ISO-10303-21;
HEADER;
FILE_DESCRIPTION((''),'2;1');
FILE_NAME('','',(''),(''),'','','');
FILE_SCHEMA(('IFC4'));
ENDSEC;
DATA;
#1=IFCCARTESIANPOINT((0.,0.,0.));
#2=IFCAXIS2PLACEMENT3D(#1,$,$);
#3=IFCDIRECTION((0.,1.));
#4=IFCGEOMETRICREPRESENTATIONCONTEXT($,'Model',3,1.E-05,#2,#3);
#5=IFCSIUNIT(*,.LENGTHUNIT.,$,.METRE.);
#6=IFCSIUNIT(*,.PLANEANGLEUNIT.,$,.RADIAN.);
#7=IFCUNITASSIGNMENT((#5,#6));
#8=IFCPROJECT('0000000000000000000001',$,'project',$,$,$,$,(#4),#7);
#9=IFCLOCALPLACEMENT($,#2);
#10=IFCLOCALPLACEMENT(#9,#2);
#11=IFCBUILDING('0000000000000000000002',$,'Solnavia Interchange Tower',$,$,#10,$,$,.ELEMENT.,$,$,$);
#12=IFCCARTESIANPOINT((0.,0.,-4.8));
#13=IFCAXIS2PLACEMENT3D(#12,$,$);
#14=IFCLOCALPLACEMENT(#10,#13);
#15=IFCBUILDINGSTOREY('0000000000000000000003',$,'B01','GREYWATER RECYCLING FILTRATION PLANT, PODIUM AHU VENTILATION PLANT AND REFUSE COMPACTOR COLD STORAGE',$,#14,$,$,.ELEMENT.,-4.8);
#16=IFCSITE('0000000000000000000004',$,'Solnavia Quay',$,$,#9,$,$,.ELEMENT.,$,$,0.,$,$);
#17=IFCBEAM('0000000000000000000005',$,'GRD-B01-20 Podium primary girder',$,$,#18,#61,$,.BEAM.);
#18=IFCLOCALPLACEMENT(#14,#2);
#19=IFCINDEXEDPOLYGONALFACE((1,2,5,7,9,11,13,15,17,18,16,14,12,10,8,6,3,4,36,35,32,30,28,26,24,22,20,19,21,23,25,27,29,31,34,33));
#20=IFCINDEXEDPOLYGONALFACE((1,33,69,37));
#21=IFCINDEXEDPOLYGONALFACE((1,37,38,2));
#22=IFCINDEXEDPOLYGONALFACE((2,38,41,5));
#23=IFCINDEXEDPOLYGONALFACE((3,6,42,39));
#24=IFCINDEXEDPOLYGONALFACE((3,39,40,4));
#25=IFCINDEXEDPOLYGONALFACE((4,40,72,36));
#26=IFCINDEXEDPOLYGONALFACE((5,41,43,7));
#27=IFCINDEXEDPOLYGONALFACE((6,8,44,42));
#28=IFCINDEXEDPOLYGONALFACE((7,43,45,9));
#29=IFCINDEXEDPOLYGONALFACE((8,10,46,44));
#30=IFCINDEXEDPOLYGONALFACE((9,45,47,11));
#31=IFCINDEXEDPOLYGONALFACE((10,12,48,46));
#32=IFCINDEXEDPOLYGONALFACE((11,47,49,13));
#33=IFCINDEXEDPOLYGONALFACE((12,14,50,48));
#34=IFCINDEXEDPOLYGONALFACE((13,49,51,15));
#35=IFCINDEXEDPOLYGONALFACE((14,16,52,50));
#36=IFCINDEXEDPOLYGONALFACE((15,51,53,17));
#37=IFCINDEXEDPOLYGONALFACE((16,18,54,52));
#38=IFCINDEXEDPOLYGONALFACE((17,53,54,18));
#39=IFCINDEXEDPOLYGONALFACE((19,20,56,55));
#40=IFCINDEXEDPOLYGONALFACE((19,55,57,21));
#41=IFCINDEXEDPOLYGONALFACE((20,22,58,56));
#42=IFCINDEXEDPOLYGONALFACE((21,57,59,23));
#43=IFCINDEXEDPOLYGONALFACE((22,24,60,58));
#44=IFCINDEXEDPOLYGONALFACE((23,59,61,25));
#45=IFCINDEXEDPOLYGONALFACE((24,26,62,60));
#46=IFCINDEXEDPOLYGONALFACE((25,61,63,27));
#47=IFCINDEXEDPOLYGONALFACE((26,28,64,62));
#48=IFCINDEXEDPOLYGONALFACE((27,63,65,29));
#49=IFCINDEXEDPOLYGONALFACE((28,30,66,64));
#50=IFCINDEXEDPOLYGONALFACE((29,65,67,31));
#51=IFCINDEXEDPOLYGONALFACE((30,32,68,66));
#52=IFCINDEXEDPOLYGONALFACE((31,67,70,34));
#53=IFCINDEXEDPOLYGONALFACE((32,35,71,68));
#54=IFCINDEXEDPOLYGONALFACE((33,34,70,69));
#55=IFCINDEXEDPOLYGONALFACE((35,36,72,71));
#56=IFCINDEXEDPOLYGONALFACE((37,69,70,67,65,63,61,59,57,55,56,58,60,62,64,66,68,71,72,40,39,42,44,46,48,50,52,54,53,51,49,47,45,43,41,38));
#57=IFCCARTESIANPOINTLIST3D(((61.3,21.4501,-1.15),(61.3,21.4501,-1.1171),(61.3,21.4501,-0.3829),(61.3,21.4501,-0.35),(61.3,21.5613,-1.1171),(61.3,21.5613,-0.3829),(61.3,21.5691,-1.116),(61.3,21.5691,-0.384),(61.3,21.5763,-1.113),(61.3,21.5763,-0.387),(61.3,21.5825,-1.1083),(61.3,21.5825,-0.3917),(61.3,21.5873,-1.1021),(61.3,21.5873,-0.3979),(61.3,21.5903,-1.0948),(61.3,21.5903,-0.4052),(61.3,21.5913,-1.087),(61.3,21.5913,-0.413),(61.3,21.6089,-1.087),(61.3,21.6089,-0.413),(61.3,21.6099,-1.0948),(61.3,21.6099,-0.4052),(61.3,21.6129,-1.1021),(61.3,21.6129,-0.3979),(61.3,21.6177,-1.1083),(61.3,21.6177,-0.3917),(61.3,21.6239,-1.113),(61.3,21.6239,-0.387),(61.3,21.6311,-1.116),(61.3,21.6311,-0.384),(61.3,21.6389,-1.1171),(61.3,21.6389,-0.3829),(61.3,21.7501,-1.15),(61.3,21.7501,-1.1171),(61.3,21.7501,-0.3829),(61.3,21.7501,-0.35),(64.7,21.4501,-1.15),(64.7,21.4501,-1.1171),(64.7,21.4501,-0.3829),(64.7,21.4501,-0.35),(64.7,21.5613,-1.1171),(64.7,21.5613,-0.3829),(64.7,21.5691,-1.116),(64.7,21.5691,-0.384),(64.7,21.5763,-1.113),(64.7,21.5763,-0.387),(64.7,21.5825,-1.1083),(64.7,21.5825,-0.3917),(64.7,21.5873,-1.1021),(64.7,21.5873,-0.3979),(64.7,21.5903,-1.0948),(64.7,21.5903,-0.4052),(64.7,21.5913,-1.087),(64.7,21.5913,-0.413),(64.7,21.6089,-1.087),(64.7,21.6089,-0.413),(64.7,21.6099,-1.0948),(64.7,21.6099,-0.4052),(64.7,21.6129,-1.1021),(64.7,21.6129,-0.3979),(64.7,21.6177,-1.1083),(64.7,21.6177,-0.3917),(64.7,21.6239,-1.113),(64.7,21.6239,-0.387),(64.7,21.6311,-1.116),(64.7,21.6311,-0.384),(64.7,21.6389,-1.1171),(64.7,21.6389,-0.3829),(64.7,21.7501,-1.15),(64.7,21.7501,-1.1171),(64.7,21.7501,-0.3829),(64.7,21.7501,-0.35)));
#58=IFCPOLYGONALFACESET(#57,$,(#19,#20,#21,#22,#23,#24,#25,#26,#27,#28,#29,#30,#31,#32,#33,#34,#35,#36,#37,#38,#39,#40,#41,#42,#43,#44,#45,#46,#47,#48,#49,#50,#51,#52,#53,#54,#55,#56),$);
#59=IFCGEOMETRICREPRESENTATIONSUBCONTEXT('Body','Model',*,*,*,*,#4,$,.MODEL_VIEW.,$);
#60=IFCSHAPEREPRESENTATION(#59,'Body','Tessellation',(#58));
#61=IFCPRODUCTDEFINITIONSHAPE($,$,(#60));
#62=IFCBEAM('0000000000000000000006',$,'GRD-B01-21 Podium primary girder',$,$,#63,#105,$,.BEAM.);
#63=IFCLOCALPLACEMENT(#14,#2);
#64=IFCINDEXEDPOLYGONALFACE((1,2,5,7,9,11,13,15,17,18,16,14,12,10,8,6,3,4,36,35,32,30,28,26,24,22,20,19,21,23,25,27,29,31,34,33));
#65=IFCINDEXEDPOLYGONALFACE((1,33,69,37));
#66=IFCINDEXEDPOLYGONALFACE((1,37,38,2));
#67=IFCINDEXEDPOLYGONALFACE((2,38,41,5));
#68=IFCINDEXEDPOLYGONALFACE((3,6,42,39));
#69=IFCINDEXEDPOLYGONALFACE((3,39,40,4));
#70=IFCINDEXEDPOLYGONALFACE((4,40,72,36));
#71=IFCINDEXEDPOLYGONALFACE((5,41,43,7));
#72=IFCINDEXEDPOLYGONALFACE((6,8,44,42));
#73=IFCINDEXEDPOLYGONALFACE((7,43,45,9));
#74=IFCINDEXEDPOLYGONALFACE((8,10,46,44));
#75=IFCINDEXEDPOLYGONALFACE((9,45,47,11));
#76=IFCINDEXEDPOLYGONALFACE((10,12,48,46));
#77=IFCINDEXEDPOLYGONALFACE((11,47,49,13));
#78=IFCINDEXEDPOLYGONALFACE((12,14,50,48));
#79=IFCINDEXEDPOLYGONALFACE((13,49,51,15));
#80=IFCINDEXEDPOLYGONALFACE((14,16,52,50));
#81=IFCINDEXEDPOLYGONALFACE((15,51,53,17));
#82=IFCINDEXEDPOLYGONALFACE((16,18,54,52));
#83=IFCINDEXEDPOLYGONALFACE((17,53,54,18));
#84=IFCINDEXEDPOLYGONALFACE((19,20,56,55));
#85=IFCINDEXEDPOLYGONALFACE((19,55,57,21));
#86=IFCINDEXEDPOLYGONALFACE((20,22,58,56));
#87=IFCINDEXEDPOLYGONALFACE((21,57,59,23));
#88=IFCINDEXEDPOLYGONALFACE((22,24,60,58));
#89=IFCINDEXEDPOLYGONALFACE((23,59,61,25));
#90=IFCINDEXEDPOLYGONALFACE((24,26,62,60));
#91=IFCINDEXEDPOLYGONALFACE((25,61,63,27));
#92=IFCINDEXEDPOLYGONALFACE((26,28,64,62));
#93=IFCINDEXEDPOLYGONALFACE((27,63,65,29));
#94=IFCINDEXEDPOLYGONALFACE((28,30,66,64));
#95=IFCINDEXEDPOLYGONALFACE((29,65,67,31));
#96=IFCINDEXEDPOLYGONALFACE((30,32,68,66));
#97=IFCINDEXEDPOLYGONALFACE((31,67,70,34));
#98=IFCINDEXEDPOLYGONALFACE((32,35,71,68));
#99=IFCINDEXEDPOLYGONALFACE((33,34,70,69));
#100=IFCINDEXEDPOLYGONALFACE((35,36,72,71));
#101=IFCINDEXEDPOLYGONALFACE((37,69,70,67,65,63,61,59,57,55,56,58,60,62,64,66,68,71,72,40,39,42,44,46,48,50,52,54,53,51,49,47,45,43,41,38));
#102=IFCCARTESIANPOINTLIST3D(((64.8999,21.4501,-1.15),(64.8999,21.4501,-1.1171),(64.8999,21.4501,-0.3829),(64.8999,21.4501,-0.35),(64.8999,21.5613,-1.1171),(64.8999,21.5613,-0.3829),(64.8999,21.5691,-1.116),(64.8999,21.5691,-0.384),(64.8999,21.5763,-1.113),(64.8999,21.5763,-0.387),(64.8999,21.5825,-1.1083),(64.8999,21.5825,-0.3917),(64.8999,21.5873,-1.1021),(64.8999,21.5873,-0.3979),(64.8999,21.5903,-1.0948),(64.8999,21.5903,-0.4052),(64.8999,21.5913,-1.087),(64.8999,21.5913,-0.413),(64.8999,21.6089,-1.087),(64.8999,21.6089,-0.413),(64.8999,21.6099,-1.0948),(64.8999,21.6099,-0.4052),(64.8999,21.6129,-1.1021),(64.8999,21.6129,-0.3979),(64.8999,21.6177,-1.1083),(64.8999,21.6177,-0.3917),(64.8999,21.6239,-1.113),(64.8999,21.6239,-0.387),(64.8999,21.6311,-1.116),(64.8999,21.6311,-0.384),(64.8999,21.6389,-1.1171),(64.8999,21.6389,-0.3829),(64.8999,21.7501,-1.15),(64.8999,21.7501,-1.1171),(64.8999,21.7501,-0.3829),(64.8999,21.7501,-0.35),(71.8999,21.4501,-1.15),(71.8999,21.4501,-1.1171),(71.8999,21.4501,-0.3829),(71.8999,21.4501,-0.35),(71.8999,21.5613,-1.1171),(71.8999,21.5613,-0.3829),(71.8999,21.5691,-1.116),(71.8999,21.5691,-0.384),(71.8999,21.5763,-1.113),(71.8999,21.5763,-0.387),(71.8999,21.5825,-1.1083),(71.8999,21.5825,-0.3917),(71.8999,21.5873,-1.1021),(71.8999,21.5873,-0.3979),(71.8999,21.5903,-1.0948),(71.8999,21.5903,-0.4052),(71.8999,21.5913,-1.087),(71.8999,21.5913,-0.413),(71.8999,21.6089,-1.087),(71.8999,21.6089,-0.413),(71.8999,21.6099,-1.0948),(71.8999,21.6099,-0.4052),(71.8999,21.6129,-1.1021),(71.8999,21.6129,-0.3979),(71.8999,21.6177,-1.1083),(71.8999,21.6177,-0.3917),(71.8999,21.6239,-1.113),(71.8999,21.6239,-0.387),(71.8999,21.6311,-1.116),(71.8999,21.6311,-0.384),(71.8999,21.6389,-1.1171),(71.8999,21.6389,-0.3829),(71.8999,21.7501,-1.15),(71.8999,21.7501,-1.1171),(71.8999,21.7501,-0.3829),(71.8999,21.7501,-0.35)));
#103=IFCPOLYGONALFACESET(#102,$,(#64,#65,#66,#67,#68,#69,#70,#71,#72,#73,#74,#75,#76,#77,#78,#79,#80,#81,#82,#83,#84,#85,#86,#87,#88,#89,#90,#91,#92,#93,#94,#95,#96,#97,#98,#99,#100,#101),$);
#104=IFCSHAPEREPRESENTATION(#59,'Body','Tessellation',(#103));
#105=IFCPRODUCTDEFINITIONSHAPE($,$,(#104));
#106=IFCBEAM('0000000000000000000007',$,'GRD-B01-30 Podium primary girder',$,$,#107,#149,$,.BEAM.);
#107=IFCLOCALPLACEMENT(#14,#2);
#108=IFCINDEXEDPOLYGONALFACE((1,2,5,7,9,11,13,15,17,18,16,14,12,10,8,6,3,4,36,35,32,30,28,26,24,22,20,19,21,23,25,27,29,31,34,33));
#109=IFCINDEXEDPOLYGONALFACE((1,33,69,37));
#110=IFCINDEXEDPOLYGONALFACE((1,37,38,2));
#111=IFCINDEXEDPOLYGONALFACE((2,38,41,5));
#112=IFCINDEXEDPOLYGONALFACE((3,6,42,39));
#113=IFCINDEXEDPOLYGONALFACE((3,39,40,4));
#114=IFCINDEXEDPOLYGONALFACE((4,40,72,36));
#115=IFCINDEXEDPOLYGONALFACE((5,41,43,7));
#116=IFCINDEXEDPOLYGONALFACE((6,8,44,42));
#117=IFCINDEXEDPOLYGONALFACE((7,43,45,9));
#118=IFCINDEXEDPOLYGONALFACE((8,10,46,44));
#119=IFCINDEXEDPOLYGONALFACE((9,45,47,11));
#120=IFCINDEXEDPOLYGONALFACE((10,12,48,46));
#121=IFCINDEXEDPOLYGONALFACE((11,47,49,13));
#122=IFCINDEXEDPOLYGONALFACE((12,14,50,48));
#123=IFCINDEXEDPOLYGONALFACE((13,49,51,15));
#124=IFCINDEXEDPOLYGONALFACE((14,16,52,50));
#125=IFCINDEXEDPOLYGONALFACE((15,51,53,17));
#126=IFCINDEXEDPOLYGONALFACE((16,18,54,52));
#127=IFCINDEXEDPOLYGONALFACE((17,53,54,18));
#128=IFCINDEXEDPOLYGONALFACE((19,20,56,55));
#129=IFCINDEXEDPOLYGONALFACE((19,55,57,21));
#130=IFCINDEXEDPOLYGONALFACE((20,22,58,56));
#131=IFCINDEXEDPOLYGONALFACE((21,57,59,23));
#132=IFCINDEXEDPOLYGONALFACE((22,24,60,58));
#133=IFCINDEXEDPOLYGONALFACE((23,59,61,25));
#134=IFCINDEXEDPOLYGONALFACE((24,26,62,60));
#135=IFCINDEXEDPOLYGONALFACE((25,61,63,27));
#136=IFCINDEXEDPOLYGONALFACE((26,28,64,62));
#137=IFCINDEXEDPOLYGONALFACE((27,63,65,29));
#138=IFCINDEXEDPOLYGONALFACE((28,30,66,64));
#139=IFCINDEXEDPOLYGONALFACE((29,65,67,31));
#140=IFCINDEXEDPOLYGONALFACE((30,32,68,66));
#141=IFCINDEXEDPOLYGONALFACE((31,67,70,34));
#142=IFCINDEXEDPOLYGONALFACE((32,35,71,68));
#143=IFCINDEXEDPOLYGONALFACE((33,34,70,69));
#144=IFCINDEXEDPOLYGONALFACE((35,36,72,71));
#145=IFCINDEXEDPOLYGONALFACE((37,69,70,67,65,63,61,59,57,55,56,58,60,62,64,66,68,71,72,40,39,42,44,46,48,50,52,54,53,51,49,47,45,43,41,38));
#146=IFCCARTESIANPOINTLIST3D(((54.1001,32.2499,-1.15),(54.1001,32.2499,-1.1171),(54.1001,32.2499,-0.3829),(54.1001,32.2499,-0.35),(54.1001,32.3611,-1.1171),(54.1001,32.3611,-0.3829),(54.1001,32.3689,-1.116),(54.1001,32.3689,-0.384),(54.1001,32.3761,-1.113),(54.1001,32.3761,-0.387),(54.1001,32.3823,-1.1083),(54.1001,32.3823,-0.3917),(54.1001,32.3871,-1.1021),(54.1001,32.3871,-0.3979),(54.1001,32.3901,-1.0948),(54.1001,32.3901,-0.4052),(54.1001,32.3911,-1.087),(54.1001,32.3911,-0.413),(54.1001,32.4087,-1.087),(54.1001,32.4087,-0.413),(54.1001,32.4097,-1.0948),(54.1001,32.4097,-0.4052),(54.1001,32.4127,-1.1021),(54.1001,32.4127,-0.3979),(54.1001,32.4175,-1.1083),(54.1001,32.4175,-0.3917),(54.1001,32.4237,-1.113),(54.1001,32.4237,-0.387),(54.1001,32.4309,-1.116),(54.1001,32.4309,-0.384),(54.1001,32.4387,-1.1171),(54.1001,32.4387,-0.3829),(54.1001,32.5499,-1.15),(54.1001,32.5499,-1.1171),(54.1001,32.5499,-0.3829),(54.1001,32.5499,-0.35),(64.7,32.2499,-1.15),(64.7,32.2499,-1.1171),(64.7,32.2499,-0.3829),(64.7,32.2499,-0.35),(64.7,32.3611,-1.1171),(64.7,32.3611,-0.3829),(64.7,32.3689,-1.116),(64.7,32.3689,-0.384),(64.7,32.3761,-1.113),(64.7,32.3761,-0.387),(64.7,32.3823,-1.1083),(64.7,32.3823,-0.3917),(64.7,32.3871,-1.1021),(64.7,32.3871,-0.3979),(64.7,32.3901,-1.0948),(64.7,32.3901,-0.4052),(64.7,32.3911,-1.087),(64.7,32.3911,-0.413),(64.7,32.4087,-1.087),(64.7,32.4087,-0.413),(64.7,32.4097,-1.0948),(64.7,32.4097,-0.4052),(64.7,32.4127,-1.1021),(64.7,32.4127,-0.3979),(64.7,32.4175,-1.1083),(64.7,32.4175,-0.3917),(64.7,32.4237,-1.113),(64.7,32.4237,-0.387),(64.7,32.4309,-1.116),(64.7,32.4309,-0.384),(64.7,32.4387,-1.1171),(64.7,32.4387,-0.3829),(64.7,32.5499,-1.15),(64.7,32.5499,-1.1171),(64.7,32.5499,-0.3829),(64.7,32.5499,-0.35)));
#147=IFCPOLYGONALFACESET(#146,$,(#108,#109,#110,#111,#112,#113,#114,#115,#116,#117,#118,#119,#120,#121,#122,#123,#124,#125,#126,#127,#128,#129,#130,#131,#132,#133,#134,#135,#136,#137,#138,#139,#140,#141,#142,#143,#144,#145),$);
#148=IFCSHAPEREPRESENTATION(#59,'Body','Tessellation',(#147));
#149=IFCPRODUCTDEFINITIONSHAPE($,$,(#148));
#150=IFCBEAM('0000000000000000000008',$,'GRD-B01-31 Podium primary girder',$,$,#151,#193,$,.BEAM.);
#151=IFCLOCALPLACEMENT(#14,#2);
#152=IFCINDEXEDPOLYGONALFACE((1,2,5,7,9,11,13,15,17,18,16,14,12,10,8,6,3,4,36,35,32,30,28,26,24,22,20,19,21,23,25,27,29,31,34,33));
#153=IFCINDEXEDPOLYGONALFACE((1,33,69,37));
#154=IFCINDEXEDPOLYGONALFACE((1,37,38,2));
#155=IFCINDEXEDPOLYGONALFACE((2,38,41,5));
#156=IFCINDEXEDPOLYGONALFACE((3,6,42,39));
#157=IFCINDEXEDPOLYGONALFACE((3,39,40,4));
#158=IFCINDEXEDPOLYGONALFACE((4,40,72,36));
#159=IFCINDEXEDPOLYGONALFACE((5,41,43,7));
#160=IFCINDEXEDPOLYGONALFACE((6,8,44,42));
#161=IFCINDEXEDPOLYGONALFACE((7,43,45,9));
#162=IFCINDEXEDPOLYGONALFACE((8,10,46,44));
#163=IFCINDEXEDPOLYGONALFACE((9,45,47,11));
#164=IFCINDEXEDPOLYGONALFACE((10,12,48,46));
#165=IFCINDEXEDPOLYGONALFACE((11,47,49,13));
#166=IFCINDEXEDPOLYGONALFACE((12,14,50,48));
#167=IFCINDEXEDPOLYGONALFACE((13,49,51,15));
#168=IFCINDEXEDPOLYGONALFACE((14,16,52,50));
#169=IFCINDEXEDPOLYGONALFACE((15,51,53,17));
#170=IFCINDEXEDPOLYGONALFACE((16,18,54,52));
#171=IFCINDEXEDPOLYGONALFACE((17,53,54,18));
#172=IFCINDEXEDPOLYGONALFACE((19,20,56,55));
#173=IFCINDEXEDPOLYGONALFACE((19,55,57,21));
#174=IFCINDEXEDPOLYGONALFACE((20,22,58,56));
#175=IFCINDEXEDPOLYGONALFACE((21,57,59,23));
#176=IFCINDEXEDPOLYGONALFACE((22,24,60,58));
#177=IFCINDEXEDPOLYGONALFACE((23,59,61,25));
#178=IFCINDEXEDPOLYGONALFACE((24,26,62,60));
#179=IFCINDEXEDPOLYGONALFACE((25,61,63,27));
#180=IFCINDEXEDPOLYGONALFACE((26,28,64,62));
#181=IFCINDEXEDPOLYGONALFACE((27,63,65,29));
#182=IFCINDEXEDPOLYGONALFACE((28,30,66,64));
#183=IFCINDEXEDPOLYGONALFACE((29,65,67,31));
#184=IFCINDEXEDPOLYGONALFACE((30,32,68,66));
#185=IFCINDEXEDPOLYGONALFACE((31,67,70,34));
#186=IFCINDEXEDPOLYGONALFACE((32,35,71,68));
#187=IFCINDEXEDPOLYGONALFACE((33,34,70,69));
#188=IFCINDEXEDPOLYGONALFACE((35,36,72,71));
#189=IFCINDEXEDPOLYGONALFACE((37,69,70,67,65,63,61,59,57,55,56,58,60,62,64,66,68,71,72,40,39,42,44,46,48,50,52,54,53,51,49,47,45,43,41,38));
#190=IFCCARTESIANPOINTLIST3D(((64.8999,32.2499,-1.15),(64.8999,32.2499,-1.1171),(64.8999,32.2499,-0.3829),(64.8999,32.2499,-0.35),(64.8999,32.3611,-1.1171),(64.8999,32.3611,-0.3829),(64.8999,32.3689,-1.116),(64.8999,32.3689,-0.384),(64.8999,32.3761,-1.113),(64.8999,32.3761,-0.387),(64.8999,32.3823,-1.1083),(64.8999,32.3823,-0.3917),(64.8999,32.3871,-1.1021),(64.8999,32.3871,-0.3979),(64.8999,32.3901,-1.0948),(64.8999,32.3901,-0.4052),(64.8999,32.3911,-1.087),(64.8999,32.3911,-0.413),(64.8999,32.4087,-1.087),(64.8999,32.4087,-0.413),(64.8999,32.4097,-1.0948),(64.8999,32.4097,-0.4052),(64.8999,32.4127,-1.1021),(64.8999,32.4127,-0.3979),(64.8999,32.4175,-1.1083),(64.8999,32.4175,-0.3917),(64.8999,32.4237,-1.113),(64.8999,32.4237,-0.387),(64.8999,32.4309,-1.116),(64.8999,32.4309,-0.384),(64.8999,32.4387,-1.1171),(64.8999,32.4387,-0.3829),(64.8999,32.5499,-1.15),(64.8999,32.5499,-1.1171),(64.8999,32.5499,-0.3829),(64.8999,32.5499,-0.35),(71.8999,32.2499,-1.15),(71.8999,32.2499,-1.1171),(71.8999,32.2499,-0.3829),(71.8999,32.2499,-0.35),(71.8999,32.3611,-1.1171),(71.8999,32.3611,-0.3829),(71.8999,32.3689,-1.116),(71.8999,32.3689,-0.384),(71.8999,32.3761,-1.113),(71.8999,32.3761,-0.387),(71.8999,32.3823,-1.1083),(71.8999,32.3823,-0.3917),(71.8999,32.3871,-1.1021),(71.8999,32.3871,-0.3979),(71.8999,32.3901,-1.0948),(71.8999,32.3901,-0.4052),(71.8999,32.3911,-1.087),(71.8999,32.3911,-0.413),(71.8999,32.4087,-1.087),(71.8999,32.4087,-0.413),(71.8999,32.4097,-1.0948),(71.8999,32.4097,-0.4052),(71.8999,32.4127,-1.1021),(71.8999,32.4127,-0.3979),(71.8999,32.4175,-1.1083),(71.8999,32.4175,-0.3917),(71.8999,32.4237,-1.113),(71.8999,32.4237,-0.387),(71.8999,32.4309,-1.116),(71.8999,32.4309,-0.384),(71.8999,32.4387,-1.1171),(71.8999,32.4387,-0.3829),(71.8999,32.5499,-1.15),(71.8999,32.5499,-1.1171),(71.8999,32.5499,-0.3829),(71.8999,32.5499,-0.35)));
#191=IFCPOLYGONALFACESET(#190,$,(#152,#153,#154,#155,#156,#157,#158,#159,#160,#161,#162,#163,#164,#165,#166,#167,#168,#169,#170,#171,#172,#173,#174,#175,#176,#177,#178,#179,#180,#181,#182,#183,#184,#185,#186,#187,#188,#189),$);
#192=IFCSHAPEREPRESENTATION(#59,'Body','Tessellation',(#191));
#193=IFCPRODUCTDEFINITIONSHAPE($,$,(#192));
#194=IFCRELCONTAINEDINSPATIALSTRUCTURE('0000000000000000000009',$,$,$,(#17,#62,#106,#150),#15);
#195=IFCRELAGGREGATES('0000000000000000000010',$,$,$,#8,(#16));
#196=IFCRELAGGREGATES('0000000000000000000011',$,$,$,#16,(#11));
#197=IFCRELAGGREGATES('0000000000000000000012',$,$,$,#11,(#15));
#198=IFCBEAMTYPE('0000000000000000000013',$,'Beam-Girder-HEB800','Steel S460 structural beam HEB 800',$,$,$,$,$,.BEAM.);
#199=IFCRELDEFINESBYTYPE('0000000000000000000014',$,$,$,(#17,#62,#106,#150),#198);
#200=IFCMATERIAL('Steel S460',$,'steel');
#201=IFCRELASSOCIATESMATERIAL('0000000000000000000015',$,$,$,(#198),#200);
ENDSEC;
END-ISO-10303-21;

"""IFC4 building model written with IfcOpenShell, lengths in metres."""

from ifc_helpers import new_model, si_unit, direction, frame, origin, origin_2d, place, context, subcontext, project, spatial, i_section, extrude, material, material_profile, profile_set, type_object, element, save


model = new_model("IFC4")

# Units and contexts
model_context = context("Model", 3, precision=1e-05, world=origin(), true_north=direction((0.0, 1.0)))
body_context = subcontext(model_context, "Body", "Model", "MODEL_VIEW")
ifc_project = project(units=[si_unit("LENGTHUNIT", "METRE"), si_unit("PLANEANGLEUNIT", "RADIAN")], contexts=[model_context])

# Site, building, storey
site_placement = place(None, origin())
site = spatial("IfcSite", under=ifc_project, at=site_placement, Name="Solnavia Quay", CompositionType="ELEMENT", RefElevation=0.0)
building_placement = place(site_placement, origin())
building = spatial("IfcBuilding", under=site, at=building_placement, Name="Solnavia Interchange Tower", CompositionType="ELEMENT")
storey_placement = place(building_placement, frame((0.0, 0.0, -4.8)))
storey = spatial("IfcBuildingStorey", under=building, at=storey_placement, Name="B01", Description="GREYWATER RECYCLING FILTRATION PLANT, PODIUM AHU VENTILATION PLANT AND REFUSE COMPACTOR COLD STORAGE", CompositionType="ELEMENT", Elevation=-4.8)

# Beams
ifc_material_1 = material(Name="Steel S460", Category="steel")
ifc_material_profile_1 = material_profile(ifc_material_1, i_section(OverallWidth=0.3, OverallDepth=0.8, WebThickness=0.0176, FlangeThickness=0.033, FilletRadius=0.03, at=origin_2d()), Name="HEB 800")
ifc_profile_set_1 = profile_set([ifc_material_profile_1], Name="Steel S460")
beam_type_1 = type_object("IfcBeamType", Name="Beam-Girder-HEB800", Description="Steel S460 structural beam HEB 800", PredefinedType="BEAM", material=ifc_profile_set_1)
beam_1_placement = place(storey_placement, frame((61.3, 21.6001, -0.75), z_axis=(1.0, 0.0, 0.0), x_axis=(0.0, 1.0, 0.0)))
element("IfcBeam", 1, at=beam_1_placement, inside=storey, type_object=beam_type_1, Name="GRD-B01-20 Podium primary girder", PredefinedType="BEAM", context=body_context, shape_type="SweptSolid", body=[
    extrude(i_section(OverallWidth=0.3, OverallDepth=0.8, WebThickness=0.0176, FlangeThickness=0.033, FilletRadius=0.03, at=origin_2d()), origin(), (0.0, 0.0, 1.0), 3.3999),
])
beam_2_placement = place(storey_placement, frame((64.8999, 21.6001, -0.75), z_axis=(1.0, 0.0, 0.0), x_axis=(0.0, 1.0, 0.0)))
element("IfcBeam", 2, at=beam_2_placement, inside=storey, type_object=beam_type_1, Name="GRD-B01-21 Podium primary girder", PredefinedType="BEAM", context=body_context, shape_type="SweptSolid", body=[
    extrude(i_section(OverallWidth=0.3, OverallDepth=0.8, WebThickness=0.0176, FlangeThickness=0.033, FilletRadius=0.03, at=origin_2d()), origin(), (0.0, 0.0, 1.0), 7.0),
])
beam_3_placement = place(storey_placement, frame((54.1001, 32.3999, -0.75), z_axis=(1.0, 0.0, 0.0), x_axis=(0.0, 1.0, 0.0)))
element("IfcBeam", 3, at=beam_3_placement, inside=storey, type_object=beam_type_1, Name="GRD-B01-30 Podium primary girder", PredefinedType="BEAM", context=body_context, shape_type="SweptSolid", body=[
    extrude(i_section(OverallWidth=0.3, OverallDepth=0.8, WebThickness=0.0176, FlangeThickness=0.033, FilletRadius=0.03, at=origin_2d()), origin(), (0.0, 0.0, 1.0), 10.5999),
])
beam_4_placement = place(storey_placement, frame((64.8999, 32.3999, -0.75), z_axis=(1.0, 0.0, 0.0), x_axis=(0.0, 1.0, 0.0)))
element("IfcBeam", 4, at=beam_4_placement, inside=storey, type_object=beam_type_1, Name="GRD-B01-31 Podium primary girder", PredefinedType="BEAM", context=body_context, shape_type="SweptSolid", body=[
    extrude(i_section(OverallWidth=0.3, OverallDepth=0.8, WebThickness=0.0176, FlangeThickness=0.033, FilletRadius=0.03, at=origin_2d()), origin(), (0.0, 0.0, 1.0), 7.0),
])

save(model, "model.ifc")
